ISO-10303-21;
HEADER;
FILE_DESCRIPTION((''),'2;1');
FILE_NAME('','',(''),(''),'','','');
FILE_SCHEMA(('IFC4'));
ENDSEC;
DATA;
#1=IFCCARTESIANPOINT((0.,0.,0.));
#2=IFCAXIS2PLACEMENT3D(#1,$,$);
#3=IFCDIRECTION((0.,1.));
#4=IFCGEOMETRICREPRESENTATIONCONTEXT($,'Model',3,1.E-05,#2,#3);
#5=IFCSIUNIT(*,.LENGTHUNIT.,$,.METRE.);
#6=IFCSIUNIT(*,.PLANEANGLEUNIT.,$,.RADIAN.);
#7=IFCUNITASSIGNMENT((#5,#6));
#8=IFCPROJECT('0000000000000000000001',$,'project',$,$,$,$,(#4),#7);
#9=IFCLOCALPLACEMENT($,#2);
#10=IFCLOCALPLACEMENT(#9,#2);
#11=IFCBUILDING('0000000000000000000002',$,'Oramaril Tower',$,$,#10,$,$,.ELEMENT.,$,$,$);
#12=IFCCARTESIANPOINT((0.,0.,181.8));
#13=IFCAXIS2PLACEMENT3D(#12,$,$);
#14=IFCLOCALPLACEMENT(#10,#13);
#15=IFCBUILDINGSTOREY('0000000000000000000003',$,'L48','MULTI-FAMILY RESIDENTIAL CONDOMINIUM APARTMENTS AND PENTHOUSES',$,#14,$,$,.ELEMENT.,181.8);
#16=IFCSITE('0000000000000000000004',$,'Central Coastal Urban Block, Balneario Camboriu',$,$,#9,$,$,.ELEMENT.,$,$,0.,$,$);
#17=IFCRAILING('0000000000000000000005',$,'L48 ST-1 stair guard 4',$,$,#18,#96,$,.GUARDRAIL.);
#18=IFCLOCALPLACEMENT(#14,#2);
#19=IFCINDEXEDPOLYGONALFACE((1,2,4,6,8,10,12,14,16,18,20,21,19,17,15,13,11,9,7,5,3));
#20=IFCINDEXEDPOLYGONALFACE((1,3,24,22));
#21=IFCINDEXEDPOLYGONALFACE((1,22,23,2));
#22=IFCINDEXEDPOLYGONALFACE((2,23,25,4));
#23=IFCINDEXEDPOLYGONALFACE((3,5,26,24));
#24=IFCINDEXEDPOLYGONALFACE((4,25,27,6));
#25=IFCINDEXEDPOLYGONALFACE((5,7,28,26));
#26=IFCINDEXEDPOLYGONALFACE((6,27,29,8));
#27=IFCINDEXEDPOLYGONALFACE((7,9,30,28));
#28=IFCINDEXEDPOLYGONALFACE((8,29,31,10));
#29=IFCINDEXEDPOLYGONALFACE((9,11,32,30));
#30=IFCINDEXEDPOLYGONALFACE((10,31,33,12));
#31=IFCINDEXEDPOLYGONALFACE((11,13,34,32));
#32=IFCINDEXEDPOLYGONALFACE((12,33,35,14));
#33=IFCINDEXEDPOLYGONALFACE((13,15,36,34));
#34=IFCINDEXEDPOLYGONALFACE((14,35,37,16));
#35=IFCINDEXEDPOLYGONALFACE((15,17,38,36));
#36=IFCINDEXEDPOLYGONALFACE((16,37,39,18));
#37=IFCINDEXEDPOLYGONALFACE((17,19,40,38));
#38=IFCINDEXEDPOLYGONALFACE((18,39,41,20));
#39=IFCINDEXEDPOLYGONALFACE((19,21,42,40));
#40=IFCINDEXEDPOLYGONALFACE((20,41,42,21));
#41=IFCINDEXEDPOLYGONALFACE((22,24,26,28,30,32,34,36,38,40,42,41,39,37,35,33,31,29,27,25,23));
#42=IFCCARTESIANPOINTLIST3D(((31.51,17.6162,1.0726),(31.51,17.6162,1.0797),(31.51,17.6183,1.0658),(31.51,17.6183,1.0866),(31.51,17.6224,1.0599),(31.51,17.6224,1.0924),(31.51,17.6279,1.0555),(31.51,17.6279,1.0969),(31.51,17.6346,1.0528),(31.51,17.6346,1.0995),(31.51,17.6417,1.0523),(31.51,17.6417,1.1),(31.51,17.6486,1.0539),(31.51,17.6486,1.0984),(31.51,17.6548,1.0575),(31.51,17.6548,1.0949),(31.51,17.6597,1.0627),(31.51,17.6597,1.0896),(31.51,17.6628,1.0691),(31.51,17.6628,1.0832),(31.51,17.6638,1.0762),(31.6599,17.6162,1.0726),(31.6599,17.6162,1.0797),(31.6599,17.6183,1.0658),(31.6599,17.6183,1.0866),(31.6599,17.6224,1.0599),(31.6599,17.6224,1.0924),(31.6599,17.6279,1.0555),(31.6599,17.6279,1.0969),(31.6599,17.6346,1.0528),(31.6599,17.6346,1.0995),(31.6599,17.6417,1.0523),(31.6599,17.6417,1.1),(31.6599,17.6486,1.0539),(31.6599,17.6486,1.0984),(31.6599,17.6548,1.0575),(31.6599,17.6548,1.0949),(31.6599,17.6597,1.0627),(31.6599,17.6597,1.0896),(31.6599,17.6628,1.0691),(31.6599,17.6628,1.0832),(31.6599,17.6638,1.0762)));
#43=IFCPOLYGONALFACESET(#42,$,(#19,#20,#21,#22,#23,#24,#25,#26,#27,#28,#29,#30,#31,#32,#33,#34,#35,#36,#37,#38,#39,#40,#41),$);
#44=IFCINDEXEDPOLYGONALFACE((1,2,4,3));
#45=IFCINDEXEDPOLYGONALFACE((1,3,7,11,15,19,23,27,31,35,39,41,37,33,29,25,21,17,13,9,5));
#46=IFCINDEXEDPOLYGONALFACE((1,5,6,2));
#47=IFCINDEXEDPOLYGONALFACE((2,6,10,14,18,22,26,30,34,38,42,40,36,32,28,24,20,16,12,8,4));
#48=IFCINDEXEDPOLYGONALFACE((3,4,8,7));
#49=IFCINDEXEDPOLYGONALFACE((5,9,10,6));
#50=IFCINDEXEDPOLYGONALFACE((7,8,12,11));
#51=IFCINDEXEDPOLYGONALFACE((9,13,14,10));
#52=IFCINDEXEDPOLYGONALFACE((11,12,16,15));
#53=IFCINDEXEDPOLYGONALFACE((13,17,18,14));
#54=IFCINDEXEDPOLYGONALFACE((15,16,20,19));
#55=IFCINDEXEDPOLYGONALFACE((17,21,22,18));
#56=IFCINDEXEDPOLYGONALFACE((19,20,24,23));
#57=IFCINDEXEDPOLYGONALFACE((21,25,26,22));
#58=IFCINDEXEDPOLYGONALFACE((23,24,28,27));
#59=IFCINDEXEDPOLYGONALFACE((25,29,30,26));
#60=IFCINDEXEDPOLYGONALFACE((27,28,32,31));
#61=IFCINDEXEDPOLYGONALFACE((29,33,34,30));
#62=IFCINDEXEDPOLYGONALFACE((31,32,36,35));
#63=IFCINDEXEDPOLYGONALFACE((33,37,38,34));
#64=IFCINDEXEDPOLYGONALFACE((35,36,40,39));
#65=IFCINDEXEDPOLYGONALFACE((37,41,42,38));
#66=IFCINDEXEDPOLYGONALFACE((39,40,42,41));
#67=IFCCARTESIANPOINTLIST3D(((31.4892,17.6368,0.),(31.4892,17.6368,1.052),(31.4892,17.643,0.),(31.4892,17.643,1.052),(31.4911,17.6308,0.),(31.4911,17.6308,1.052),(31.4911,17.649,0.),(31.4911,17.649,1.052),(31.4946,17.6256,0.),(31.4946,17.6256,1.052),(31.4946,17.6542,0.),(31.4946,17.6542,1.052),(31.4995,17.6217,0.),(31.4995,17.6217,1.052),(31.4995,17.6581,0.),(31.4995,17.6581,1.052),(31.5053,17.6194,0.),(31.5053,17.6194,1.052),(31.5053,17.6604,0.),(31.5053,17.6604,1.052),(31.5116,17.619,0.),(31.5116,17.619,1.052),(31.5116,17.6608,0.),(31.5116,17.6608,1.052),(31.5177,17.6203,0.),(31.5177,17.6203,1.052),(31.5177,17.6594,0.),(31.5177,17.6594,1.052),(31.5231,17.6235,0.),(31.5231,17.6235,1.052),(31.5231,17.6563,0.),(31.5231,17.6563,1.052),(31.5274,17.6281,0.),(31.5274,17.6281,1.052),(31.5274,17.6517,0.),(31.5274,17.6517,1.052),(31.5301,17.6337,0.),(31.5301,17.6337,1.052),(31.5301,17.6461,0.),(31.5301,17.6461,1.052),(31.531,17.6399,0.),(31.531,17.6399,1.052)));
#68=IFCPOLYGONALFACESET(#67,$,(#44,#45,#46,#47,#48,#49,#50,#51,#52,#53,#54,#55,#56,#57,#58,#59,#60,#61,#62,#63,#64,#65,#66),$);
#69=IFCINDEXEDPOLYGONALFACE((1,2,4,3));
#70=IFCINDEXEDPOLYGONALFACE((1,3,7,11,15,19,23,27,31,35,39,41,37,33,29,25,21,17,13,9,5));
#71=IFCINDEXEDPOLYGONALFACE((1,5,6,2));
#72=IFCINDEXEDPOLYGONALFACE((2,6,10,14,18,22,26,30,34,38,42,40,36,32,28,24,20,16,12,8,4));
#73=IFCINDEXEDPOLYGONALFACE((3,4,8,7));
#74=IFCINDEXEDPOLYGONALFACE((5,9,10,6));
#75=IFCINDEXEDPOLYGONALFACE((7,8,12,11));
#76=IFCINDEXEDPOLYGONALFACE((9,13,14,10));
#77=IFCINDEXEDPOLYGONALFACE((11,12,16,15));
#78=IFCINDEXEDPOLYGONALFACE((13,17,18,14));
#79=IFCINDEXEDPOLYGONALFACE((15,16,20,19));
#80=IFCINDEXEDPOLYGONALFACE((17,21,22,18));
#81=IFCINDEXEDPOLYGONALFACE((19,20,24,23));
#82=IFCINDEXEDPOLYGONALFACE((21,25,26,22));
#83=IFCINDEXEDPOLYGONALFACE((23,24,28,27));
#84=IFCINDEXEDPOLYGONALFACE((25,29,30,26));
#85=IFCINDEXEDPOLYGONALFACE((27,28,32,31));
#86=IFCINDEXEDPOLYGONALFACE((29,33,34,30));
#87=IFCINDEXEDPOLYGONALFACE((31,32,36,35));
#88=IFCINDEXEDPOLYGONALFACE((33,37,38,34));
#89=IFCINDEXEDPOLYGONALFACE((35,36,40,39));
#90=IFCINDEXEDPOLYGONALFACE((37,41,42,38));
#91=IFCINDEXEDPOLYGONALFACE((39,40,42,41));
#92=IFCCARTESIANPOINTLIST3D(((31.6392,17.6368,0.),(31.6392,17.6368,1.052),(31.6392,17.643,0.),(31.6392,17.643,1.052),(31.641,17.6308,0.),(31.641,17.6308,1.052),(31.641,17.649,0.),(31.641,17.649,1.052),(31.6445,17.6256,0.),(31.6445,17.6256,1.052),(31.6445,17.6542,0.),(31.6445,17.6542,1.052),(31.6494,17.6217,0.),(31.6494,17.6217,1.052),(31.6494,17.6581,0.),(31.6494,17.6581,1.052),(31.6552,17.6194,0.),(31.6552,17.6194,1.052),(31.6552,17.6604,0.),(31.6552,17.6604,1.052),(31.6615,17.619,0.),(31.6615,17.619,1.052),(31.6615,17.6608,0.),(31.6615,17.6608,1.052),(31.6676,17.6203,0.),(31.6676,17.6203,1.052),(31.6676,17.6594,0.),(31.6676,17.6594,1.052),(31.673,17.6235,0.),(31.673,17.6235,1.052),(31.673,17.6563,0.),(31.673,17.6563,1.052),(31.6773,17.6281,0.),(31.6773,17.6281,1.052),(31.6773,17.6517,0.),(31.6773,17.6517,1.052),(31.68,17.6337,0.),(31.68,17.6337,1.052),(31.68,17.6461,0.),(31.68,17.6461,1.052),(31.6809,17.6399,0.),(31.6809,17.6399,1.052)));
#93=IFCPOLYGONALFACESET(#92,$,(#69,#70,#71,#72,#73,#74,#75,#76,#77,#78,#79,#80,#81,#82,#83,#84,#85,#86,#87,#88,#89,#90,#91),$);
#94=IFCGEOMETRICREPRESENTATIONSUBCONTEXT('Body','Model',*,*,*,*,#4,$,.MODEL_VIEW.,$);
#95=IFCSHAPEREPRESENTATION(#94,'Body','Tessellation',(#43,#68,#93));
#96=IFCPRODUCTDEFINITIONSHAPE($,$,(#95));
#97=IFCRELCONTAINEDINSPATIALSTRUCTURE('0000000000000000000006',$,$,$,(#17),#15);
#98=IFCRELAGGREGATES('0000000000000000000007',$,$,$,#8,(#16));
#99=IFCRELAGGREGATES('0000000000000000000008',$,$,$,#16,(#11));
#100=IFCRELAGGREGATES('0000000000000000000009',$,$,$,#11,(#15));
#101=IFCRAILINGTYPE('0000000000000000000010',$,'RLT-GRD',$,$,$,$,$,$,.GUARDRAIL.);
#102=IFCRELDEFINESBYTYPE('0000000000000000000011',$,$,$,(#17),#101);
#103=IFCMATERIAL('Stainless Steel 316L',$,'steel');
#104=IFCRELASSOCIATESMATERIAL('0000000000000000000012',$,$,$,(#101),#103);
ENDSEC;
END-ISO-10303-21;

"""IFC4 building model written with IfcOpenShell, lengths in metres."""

from ifc_helpers import new_model, si_unit, direction, frame, origin, origin_2d, place, context, subcontext, project, spatial, circle, extrude, material, type_object, element, save


model = new_model("IFC4")

# Units and contexts
model_context = context("Model", 3, precision=1e-05, world=origin(), true_north=direction((0.0, 1.0)))
body_context = subcontext(model_context, "Body", "Model", "MODEL_VIEW")
ifc_project = project(units=[si_unit("LENGTHUNIT", "METRE"), si_unit("PLANEANGLEUNIT", "RADIAN")], contexts=[model_context])

# Site, building, storey
site_placement = place(None, origin())
site = spatial("IfcSite", under=ifc_project, at=site_placement, Name="Central Coastal Urban Block, Balneario Camboriu", CompositionType="ELEMENT", RefElevation=0.0)
building_placement = place(site_placement, origin())
building = spatial("IfcBuilding", under=site, at=building_placement, Name="Oramaril Tower", CompositionType="ELEMENT")
storey_placement = place(building_placement, frame((0.0, 0.0, 181.8)))
storey = spatial("IfcBuildingStorey", under=building, at=storey_placement, Name="L48", Description="MULTI-FAMILY RESIDENTIAL CONDOMINIUM APARTMENTS AND PENTHOUSES", CompositionType="ELEMENT", Elevation=181.8)

# Railing
ifc_material_1 = material(Name="Stainless Steel 316L", Category="steel")
railing_type_1 = type_object("IfcRailingType", Name="RLT-GRD", PredefinedType="GUARDRAIL", material=ifc_material_1)
railing_1_placement = place(storey_placement, frame((31.51, 17.6399, 0.0)))
element("IfcRailing", 1, at=railing_1_placement, inside=storey, type_object=railing_type_1, Name="L48 ST-1 stair guard 4", PredefinedType="GUARDRAIL", context=body_context, shape_type="SweptSolid", body=[
    extrude(circle(Radius=0.0239, at=origin_2d()), frame((0.0, 0.0, 1.0762), z_axis=(1.0, 0.0, 0.0), x_axis=(0.0, 1.0, 0.0)), (0.0, 0.0, 1.0), 0.1499),
    extrude(circle(Radius=0.021, at=origin_2d()), origin(), (0.0, 0.0, 1.0), 1.052),
    extrude(circle(Radius=0.021, at=origin_2d()), frame((0.1499, 0.0, 0.0)), (0.0, 0.0, 1.0), 1.052),
])

save(model, "model.ifc")
